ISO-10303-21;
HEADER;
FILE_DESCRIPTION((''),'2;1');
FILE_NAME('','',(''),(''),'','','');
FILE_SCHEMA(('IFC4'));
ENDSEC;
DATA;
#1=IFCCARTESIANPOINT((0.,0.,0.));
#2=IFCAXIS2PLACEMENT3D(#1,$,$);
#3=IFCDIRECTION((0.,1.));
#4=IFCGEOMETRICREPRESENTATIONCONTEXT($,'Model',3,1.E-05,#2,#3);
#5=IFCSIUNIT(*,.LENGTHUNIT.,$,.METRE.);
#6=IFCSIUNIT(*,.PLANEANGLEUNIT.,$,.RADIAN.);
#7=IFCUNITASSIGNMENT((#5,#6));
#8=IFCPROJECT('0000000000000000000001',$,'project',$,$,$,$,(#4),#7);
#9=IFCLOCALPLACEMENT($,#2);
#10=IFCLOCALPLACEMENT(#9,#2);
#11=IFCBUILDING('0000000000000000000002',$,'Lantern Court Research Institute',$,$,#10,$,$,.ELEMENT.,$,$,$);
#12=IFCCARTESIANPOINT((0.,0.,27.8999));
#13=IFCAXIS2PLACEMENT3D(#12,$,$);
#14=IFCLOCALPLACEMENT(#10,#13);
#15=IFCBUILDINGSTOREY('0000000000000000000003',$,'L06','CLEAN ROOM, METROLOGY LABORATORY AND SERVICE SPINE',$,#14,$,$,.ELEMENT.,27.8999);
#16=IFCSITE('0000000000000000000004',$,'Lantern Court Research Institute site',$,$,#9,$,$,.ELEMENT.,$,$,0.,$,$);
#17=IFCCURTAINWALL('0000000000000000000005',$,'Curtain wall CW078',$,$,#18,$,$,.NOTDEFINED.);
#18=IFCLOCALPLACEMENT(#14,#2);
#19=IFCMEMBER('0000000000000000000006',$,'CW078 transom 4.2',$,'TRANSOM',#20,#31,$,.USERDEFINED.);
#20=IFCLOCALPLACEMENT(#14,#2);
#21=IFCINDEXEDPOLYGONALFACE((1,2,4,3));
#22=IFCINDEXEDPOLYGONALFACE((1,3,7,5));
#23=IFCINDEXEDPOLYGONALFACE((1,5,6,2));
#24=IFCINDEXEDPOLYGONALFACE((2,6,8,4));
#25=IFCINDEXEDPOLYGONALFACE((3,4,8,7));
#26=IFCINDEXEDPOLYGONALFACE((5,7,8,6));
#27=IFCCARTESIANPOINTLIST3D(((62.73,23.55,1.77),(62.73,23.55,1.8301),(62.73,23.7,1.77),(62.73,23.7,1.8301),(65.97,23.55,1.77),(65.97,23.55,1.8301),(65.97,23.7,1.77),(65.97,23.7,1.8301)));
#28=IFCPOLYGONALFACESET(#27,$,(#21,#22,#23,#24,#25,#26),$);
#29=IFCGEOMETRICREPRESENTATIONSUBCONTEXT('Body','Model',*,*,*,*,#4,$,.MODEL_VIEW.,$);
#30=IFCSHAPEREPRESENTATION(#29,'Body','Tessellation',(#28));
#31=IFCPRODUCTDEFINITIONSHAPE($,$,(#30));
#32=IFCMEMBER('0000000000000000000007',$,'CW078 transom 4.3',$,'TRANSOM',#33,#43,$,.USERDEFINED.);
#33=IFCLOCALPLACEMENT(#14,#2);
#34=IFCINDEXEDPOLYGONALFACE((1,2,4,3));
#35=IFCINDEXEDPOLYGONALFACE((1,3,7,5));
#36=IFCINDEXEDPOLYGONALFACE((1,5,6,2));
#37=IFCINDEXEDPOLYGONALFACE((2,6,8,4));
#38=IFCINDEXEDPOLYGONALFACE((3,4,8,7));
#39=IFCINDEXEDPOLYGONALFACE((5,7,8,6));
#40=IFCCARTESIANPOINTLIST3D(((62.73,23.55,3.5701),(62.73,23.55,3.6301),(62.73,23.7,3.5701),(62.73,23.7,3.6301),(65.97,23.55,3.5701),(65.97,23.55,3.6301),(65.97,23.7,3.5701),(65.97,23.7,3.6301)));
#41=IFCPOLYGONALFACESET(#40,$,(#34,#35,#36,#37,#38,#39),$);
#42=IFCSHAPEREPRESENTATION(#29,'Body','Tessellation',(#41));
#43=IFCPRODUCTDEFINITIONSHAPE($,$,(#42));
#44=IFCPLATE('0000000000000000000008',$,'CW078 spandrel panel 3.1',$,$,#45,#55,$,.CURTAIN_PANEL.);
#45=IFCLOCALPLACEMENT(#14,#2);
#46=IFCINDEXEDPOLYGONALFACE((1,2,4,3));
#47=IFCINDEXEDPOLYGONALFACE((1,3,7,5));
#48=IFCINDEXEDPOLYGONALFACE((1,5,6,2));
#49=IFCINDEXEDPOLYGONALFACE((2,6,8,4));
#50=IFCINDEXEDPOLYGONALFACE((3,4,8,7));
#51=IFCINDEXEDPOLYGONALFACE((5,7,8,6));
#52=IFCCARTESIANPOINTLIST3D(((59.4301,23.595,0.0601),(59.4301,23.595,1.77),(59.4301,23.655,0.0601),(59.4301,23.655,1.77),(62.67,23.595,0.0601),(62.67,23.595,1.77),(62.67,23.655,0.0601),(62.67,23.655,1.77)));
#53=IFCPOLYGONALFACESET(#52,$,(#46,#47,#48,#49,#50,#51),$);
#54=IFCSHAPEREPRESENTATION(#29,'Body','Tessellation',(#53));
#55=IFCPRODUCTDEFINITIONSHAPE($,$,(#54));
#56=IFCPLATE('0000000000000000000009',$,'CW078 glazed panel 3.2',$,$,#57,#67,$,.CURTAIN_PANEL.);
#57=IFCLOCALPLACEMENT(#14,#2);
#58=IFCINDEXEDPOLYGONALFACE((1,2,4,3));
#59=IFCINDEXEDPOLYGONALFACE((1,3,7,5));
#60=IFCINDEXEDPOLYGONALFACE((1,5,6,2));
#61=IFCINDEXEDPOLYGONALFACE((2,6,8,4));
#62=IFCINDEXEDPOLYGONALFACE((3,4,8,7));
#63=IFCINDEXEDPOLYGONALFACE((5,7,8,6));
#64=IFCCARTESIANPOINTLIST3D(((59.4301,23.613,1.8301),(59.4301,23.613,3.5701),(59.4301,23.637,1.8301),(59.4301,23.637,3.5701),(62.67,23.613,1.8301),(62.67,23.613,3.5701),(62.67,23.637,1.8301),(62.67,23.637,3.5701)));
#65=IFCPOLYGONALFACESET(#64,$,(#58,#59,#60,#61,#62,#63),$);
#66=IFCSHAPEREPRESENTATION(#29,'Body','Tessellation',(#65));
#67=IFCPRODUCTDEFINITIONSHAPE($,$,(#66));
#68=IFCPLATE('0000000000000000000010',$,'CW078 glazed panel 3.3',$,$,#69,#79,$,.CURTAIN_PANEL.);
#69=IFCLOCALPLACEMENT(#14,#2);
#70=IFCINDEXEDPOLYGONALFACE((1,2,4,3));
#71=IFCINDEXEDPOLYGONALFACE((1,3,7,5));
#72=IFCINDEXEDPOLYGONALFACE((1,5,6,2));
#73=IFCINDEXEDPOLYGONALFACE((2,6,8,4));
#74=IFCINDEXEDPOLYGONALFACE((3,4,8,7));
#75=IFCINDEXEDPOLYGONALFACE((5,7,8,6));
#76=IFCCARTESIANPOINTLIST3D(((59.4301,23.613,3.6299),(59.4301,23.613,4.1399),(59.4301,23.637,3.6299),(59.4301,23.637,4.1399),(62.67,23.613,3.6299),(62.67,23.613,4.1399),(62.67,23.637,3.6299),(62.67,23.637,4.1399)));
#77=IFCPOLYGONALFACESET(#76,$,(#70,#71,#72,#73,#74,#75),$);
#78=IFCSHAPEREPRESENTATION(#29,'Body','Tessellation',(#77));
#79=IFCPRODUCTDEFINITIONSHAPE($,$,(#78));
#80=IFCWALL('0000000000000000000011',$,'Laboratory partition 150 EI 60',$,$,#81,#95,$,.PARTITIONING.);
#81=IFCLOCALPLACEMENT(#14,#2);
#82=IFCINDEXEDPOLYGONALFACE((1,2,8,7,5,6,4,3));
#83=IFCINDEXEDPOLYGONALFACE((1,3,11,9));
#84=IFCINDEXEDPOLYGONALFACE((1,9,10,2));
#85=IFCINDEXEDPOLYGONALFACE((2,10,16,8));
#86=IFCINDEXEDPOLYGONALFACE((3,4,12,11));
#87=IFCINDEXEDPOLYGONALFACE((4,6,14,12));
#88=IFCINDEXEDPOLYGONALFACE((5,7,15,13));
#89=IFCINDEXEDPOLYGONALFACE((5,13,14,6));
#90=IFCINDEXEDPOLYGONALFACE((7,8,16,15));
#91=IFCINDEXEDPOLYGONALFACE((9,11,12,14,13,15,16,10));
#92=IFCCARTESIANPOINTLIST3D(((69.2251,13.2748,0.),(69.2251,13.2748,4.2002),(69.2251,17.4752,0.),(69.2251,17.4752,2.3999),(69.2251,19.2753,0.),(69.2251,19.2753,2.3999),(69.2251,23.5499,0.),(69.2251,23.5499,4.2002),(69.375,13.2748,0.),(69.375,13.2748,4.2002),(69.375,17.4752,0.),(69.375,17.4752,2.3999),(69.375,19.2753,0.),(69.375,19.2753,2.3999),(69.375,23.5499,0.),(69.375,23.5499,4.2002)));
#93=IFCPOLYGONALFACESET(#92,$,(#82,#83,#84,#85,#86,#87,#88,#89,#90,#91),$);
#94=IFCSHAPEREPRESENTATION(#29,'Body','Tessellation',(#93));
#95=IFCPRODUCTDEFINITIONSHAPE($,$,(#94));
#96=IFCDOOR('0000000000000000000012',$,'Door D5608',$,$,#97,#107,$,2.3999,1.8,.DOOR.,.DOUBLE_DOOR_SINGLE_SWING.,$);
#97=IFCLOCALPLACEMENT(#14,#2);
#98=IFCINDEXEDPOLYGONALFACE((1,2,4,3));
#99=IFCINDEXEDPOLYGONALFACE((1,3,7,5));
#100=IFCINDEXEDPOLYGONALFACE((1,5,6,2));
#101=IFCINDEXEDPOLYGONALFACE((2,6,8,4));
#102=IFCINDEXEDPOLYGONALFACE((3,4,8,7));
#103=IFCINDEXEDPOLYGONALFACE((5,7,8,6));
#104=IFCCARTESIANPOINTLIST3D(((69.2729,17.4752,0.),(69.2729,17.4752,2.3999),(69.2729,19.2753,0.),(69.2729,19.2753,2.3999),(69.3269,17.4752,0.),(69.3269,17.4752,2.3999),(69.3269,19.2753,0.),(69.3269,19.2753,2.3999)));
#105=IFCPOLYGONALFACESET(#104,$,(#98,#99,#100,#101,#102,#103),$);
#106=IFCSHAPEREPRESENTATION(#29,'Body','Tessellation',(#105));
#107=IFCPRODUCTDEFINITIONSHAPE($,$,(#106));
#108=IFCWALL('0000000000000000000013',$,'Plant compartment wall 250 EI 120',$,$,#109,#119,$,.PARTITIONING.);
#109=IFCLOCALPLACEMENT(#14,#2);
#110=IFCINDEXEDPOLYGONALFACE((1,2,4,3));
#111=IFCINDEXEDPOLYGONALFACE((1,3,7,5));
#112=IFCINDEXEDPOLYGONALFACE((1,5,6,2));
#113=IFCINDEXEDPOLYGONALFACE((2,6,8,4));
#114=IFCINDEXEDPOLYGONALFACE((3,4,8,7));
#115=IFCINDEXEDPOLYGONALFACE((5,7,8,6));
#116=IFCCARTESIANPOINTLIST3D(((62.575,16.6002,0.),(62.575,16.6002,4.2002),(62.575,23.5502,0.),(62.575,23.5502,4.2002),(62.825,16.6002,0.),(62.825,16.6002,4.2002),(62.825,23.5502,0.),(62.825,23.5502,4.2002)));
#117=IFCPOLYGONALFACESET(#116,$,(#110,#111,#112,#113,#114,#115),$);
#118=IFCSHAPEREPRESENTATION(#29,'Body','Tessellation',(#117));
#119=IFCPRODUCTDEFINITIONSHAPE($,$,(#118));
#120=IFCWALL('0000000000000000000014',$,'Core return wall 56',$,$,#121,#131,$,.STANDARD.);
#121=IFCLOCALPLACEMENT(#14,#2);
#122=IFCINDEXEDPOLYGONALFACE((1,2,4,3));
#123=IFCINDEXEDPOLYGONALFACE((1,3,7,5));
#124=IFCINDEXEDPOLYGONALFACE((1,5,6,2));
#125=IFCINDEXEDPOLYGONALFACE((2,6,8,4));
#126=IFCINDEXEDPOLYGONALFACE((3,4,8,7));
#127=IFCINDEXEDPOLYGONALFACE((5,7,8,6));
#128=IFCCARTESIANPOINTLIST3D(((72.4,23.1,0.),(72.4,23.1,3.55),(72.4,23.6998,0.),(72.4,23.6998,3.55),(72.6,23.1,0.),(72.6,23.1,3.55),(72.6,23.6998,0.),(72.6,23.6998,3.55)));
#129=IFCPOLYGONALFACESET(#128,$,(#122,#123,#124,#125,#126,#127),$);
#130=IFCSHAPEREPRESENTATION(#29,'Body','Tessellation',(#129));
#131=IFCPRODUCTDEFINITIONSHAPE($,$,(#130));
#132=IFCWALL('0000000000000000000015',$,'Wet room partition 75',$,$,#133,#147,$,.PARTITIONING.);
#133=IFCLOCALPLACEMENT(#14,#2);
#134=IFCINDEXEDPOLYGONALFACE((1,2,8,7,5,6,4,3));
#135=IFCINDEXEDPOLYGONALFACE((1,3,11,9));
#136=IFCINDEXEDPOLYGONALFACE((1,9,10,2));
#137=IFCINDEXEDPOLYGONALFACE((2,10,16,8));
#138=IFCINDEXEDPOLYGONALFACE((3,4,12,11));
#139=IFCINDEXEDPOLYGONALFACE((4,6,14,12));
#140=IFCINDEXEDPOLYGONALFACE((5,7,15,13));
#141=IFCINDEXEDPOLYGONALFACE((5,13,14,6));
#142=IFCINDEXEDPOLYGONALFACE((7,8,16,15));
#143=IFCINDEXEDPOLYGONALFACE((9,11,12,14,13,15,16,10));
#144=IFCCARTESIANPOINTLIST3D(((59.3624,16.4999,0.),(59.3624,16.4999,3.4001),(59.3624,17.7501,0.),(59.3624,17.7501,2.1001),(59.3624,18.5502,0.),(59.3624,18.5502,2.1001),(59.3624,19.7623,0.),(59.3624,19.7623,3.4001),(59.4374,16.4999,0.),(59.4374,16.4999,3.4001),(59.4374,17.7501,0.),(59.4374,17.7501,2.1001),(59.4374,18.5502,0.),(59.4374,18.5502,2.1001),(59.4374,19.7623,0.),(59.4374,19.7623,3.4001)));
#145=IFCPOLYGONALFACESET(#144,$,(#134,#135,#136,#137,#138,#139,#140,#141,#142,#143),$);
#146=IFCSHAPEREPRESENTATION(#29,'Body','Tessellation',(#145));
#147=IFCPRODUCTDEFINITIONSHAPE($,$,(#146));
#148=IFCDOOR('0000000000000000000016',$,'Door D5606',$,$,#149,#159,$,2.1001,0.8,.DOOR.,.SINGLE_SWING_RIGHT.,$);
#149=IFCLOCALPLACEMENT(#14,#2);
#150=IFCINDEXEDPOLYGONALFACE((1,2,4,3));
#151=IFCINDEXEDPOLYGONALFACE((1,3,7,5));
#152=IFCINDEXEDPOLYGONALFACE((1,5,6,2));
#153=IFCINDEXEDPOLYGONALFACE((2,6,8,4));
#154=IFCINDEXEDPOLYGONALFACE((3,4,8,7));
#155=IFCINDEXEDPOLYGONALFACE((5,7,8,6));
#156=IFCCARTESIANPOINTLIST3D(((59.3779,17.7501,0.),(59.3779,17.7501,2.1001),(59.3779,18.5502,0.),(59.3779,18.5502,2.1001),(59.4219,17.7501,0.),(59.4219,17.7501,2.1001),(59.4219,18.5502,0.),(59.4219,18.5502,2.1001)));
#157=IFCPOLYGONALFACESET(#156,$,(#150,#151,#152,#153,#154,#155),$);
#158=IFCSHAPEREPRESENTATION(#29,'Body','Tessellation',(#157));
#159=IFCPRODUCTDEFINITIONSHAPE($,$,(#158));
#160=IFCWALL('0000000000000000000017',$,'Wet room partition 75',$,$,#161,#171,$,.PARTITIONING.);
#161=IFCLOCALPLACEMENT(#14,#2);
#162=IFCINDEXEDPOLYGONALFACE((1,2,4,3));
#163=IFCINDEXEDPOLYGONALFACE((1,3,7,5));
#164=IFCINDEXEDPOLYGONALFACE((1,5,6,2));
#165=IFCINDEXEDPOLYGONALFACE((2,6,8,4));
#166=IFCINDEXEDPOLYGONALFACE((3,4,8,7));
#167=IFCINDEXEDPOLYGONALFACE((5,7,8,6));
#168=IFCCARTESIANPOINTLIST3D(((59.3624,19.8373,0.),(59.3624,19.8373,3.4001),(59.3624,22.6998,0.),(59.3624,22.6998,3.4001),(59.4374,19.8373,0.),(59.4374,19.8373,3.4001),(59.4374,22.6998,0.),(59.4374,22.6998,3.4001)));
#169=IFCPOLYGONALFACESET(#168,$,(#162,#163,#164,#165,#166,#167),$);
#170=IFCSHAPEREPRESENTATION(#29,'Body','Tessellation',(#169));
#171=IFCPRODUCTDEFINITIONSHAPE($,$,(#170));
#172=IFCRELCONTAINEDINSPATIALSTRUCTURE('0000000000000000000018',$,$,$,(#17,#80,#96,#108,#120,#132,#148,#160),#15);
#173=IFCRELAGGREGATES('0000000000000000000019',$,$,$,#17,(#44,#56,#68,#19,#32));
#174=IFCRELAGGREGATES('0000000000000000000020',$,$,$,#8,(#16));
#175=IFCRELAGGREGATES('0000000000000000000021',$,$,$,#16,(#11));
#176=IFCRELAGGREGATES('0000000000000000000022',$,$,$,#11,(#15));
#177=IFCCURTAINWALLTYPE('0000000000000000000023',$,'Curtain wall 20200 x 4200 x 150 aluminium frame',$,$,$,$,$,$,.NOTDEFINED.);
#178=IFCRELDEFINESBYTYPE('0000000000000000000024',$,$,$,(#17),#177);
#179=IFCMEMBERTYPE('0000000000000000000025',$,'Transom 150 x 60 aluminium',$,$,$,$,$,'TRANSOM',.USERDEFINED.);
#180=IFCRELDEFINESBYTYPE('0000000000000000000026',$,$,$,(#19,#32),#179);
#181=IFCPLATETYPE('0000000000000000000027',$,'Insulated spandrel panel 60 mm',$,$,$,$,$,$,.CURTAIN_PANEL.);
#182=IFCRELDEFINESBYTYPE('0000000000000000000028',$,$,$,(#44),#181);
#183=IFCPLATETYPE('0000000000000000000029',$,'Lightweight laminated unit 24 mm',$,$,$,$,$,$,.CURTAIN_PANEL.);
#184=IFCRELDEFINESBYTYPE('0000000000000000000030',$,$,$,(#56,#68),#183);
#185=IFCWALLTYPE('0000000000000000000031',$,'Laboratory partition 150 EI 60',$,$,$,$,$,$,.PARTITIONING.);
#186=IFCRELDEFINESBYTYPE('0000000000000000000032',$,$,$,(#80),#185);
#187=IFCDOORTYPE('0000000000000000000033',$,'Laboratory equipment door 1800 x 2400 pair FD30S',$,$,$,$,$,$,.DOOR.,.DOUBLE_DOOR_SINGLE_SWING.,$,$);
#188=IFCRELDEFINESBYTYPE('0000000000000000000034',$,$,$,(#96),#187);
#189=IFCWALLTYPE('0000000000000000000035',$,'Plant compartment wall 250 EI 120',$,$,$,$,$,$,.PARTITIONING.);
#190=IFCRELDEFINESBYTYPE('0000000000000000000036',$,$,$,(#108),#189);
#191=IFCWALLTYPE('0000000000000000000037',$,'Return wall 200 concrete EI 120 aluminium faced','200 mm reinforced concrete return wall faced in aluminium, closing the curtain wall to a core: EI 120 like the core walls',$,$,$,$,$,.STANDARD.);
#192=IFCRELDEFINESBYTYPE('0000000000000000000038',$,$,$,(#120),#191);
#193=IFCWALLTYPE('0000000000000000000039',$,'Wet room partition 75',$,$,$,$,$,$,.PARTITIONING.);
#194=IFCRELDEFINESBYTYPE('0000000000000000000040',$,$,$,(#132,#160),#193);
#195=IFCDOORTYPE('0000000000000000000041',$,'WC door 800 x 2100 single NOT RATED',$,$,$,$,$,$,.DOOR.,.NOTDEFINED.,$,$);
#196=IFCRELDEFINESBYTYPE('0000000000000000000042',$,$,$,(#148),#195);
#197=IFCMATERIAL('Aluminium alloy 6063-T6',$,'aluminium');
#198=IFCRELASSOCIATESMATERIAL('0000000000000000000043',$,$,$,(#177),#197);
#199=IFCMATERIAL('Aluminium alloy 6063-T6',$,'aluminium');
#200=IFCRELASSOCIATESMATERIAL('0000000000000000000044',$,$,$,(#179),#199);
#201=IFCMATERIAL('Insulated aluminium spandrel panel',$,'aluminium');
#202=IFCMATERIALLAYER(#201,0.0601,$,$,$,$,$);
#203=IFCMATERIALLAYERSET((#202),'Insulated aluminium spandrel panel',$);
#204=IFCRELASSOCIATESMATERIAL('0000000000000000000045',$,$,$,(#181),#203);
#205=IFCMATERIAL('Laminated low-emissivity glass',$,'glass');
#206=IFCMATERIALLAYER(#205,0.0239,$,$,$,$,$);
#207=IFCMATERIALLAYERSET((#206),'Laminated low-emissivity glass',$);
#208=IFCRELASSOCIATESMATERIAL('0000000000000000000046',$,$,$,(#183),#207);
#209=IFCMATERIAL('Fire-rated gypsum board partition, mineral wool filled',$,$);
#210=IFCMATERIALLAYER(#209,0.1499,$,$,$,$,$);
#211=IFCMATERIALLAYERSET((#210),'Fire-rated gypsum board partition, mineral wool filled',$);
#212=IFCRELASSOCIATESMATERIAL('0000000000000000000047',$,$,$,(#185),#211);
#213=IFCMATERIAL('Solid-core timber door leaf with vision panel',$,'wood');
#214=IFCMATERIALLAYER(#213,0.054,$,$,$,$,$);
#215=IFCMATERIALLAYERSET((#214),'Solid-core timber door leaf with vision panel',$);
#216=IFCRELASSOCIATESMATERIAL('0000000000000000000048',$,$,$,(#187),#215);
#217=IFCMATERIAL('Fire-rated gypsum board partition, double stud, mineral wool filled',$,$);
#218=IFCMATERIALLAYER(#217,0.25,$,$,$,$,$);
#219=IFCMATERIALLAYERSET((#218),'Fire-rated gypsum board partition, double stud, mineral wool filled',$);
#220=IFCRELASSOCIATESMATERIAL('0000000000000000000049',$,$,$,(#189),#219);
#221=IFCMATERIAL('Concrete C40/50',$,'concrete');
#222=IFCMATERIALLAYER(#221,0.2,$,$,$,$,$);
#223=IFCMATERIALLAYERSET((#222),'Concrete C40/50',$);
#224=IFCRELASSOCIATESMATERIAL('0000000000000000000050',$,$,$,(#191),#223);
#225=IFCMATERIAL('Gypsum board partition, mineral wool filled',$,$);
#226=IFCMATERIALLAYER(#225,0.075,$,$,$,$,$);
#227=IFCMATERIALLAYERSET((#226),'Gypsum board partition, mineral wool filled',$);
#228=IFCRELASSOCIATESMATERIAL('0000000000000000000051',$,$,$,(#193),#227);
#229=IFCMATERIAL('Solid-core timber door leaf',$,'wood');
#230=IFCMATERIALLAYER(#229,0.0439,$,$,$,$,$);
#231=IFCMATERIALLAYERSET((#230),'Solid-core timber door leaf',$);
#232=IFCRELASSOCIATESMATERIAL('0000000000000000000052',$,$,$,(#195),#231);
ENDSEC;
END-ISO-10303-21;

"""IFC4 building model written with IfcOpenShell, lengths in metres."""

from ifc_helpers import new_model, si_unit, direction, frame, frame_2d, origin, origin_2d, place, context, subcontext, project, spatial, rectangle, extrude, material, layer, layer_set, material_profile, profile_set, type_object, element, fill, aggregate, save


model = new_model("IFC4")

# Units and contexts
model_context = context("Model", 3, precision=1e-05, world=origin(), true_north=direction((0.0, 1.0)))
body_context = subcontext(model_context, "Body", "Model", "MODEL_VIEW")
ifc_project = project(units=[si_unit("LENGTHUNIT", "METRE"), si_unit("PLANEANGLEUNIT", "RADIAN")], contexts=[model_context])

# Site, building, storey
site_placement = place(None, origin())
site = spatial("IfcSite", under=ifc_project, at=site_placement, Name="Lantern Court Research Institute site", CompositionType="ELEMENT", RefElevation=0.0)
building_placement = place(site_placement, origin())
building = spatial("IfcBuilding", under=site, at=building_placement, Name="Lantern Court Research Institute", CompositionType="ELEMENT")
storey_placement = place(building_placement, frame((0.0, 0.0, 27.8999)))
storey = spatial("IfcBuildingStorey", under=building, at=storey_placement, Name="L06", Description="CLEAN ROOM, METROLOGY LABORATORY AND SERVICE SPINE", CompositionType="ELEMENT", Elevation=27.8999)

# Curtain wall
ifc_material_1 = material(Name="Aluminium alloy 6063-T6", Category="aluminium")
curtain_wall_type = type_object("IfcCurtainWallType", Name="Curtain wall 20200 x 4200 x 150 aluminium frame", PredefinedType="NOTDEFINED", material=ifc_material_1)
curtain_wall_placement = place(storey_placement, origin())
curtain_wall = element("IfcCurtainWall", 1, at=curtain_wall_placement, inside=storey, type_object=curtain_wall_type, Name="Curtain wall CW078", PredefinedType="NOTDEFINED")

# Members
ifc_material_2 = material(Name="Aluminium alloy 6063-T6", Category="aluminium")
ifc_material_profile_1 = material_profile(ifc_material_2, rectangle(XDim=0.1499, YDim=0.0601, at=origin_2d()), Name="Transom 150 x 60")
ifc_profile_set_1 = profile_set([ifc_material_profile_1], Name="Aluminium alloy 6063-T6")
member_type_1 = type_object("IfcMemberType", Name="Transom 150 x 60 aluminium", ElementType="TRANSOM", PredefinedType="USERDEFINED", material=ifc_profile_set_1)
member_1_placement = place(storey_placement, frame((62.73, 23.625, 1.8), z_axis=(1.0, 0.0, 0.0), x_axis=(0.0, 1.0, 0.0)))
member_1 = element("IfcMember", 2, at=member_1_placement, type_object=member_type_1, Name="CW078 transom 4.2", ObjectType="TRANSOM", PredefinedType="USERDEFINED", context=body_context, shape_type="SweptSolid", body=[
    extrude(rectangle(XDim=0.1499, YDim=0.0601, at=origin_2d()), origin(), (0.0, 0.0, 1.0), 3.24),
])
member_2_placement = place(storey_placement, frame((62.73, 23.625, 3.6001), z_axis=(1.0, 0.0, 0.0), x_axis=(0.0, 1.0, 0.0)))
member_2 = element("IfcMember", 3, at=member_2_placement, type_object=member_type_1, Name="CW078 transom 4.3", ObjectType="TRANSOM", PredefinedType="USERDEFINED", context=body_context, shape_type="SweptSolid", body=[
    extrude(rectangle(XDim=0.1499, YDim=0.0601, at=origin_2d()), origin(), (0.0, 0.0, 1.0), 3.24),
])

# Plates
ifc_material_3 = material(Name="Insulated aluminium spandrel panel", Category="aluminium")
ifc_layer_1 = layer(ifc_material_3, 0.0601)
ifc_layer_set_1 = layer_set([ifc_layer_1], Name="Insulated aluminium spandrel panel")
plate_type_1 = type_object("IfcPlateType", Name="Insulated spandrel panel 60 mm", PredefinedType="CURTAIN_PANEL", material=ifc_layer_set_1)
plate_1_placement = place(storey_placement, frame((61.05, 23.625, 0.0601), z_axis=(0.0, 0.0, 1.0), x_axis=(1.0, 0.0, 0.0)))
plate_1 = element("IfcPlate", 4, at=plate_1_placement, type_object=plate_type_1, Name="CW078 spandrel panel 3.1", PredefinedType="CURTAIN_PANEL", context=body_context, shape_type="SweptSolid", body=[
    extrude(rectangle(XDim=3.24, YDim=0.0601, at=origin_2d()), origin(), (0.0, 0.0, 1.0), 1.71),
])
ifc_material_4 = material(Name="Laminated low-emissivity glass", Category="glass")
ifc_layer_2 = layer(ifc_material_4, 0.0239)
ifc_layer_set_2 = layer_set([ifc_layer_2], Name="Laminated low-emissivity glass")
plate_type_2 = type_object("IfcPlateType", Name="Lightweight laminated unit 24 mm", PredefinedType="CURTAIN_PANEL", material=ifc_layer_set_2)
plate_2_placement = place(storey_placement, frame((61.05, 23.625, 1.8301), z_axis=(0.0, 0.0, 1.0), x_axis=(1.0, 0.0, 0.0)))
plate_2 = element("IfcPlate", 5, at=plate_2_placement, type_object=plate_type_2, Name="CW078 glazed panel 3.2", PredefinedType="CURTAIN_PANEL", context=body_context, shape_type="SweptSolid", body=[
    extrude(rectangle(XDim=3.24, YDim=0.0239, at=origin_2d()), origin(), (0.0, 0.0, 1.0), 1.74),
])
plate_3_placement = place(storey_placement, frame((61.05, 23.625, 3.6299), z_axis=(0.0, 0.0, 1.0), x_axis=(1.0, 0.0, 0.0)))
plate_3 = element("IfcPlate", 6, at=plate_3_placement, type_object=plate_type_2, Name="CW078 glazed panel 3.3", PredefinedType="CURTAIN_PANEL", context=body_context, shape_type="SweptSolid", body=[
    extrude(rectangle(XDim=3.24, YDim=0.0239, at=origin_2d()), origin(), (0.0, 0.0, 1.0), 0.51),
])
aggregate(curtain_wall, [plate_1, plate_2, plate_3, member_1, member_2])

# Wall, opening, door
ifc_material_5 = material(Name="Fire-rated gypsum board partition, mineral wool filled")
ifc_layer_3 = layer(ifc_material_5, 0.1499)
ifc_layer_set_3 = layer_set([ifc_layer_3], Name="Fire-rated gypsum board partition, mineral wool filled")
wall_type_1 = type_object("IfcWallType", Name="Laboratory partition 150 EI 60", PredefinedType="PARTITIONING", material=ifc_layer_set_3)
wall_1_placement = place(storey_placement, frame((69.3, 23.55, 0.0), z_axis=(0.0, 0.0, 1.0), x_axis=(0.0, -1.0, 0.0)))
wall_1 = element("IfcWall", 7, at=wall_1_placement, inside=storey, type_object=wall_type_1, Name="Laboratory partition 150 EI 60", PredefinedType="PARTITIONING", context=body_context, shape_type="SweptSolid", body=[
    extrude(rectangle(XDim=10.2751, YDim=0.1499, at=frame_2d((5.1377, 0.0))), origin(), (0.0, 0.0, 1.0), 4.2002),
])
opening_1_placement = place(wall_1_placement, frame((4.2749, 0.0, 0.0)))
opening_1 = element("IfcOpeningElement", 8, at=opening_1_placement, cuts=wall_1, PredefinedType="OPENING", context=body_context, shape_type="SweptSolid", body=[
    extrude(rectangle(XDim=1.8, YDim=2.3999, at=frame_2d((0.8999, 1.2))), frame((0.0, 0.085, 0.0), z_axis=(0.0, -1.0, 0.0), x_axis=(1.0, 0.0, 0.0)), (0.0, 0.0, 1.0), 0.1699),
])
ifc_material_6 = material(Name="Solid-core timber door leaf with vision panel", Category="wood")
ifc_layer_4 = layer(ifc_material_6, 0.054)
ifc_layer_set_4 = layer_set([ifc_layer_4], Name="Solid-core timber door leaf with vision panel")
door_type_1 = type_object("IfcDoorType", Name="Laboratory equipment door 1800 x 2400 pair FD30S", OperationType="DOUBLE_DOOR_SINGLE_SWING", PredefinedType="DOOR", material=ifc_layer_set_4)
door_1_placement = place(opening_1_placement, origin())
door_1 = element("IfcDoor", 9, at=door_1_placement, inside=storey, type_object=door_type_1, Name="Door D5608", OperationType="DOUBLE_DOOR_SINGLE_SWING", OverallHeight=2.3999, OverallWidth=1.8, PredefinedType="DOOR", context=body_context, shape_type="SweptSolid", body=[
    extrude(rectangle(XDim=1.8, YDim=2.3999, at=frame_2d((0.8999, 1.2))), frame((0.0, 0.0269, 0.0), z_axis=(0.0, -1.0, 0.0), x_axis=(1.0, 0.0, 0.0)), (0.0, 0.0, 1.0), 0.054),
])
fill(opening_1, door_1)

# Walls
ifc_material_7 = material(Name="Fire-rated gypsum board partition, double stud, mineral wool filled")
ifc_layer_5 = layer(ifc_material_7, 0.25)
ifc_layer_set_5 = layer_set([ifc_layer_5], Name="Fire-rated gypsum board partition, double stud, mineral wool filled")
wall_type_2 = type_object("IfcWallType", Name="Plant compartment wall 250 EI 120", PredefinedType="PARTITIONING", material=ifc_layer_set_5)
wall_2_placement = place(storey_placement, frame((62.7, 16.6001, 0.0), z_axis=(0.0, 0.0, 1.0), x_axis=(0.0, 1.0, 0.0)))
element("IfcWall", 10, at=wall_2_placement, inside=storey, type_object=wall_type_2, Name="Plant compartment wall 250 EI 120", PredefinedType="PARTITIONING", context=body_context, shape_type="SweptSolid", body=[
    extrude(rectangle(XDim=6.95, YDim=0.25, at=frame_2d((3.4751, 0.0))), origin(), (0.0, 0.0, 1.0), 4.2002),
])
ifc_material_8 = material(Name="Concrete C40/50", Category="concrete")
ifc_layer_6 = layer(ifc_material_8, 0.2)
ifc_layer_set_6 = layer_set([ifc_layer_6], Name="Concrete C40/50")
wall_type_3 = type_object("IfcWallType", Name="Return wall 200 concrete EI 120 aluminium faced", Description="200 mm reinforced concrete return wall faced in aluminium, closing the curtain wall to a core: EI 120 like the core walls", PredefinedType="STANDARD", material=ifc_layer_set_6)
wall_3_placement = place(storey_placement, frame((72.5, 23.1001, 0.0), z_axis=(0.0, 0.0, 1.0), x_axis=(0.0, 1.0, 0.0)))
element("IfcWall", 11, at=wall_3_placement, inside=storey, type_object=wall_type_3, Name="Core return wall 56", PredefinedType="STANDARD", context=body_context, shape_type="SweptSolid", body=[
    extrude(rectangle(XDim=0.5999, YDim=0.2, at=frame_2d((0.2998, 0.0))), origin(), (0.0, 0.0, 1.0), 3.55),
])

# Wall, opening, door
ifc_material_9 = material(Name="Gypsum board partition, mineral wool filled")
ifc_layer_7 = layer(ifc_material_9, 0.075)
ifc_layer_set_7 = layer_set([ifc_layer_7], Name="Gypsum board partition, mineral wool filled")
wall_type_4 = type_object("IfcWallType", Name="Wet room partition 75", PredefinedType="PARTITIONING", material=ifc_layer_set_7)
wall_4_placement = place(storey_placement, frame((59.3999, 19.7625, 0.0), z_axis=(0.0, 0.0, 1.0), x_axis=(0.0, -1.0, 0.0)))
wall_4 = element("IfcWall", 12, at=wall_4_placement, inside=storey, type_object=wall_type_4, Name="Wet room partition 75", PredefinedType="PARTITIONING", context=body_context, shape_type="SweptSolid", body=[
    extrude(rectangle(XDim=3.2625, YDim=0.075, at=frame_2d((1.6313, 0.0))), origin(), (0.0, 0.0, 1.0), 3.4001),
])
opening_2_placement = place(wall_4_placement, frame((1.2124, 0.0, 0.0)))
opening_2 = element("IfcOpeningElement", 13, at=opening_2_placement, cuts=wall_4, PredefinedType="OPENING", context=body_context, shape_type="SweptSolid", body=[
    extrude(rectangle(XDim=0.8, YDim=2.1001, at=frame_2d((0.3999, 1.05))), frame((0.0, 0.0474, 0.0), z_axis=(0.0, -1.0, 0.0), x_axis=(1.0, 0.0, 0.0)), (0.0, 0.0, 1.0), 0.095),
])
ifc_material_10 = material(Name="Solid-core timber door leaf", Category="wood")
ifc_layer_8 = layer(ifc_material_10, 0.0439)
ifc_layer_set_8 = layer_set([ifc_layer_8], Name="Solid-core timber door leaf")
door_type_2 = type_object("IfcDoorType", Name="WC door 800 x 2100 single NOT RATED", OperationType="NOTDEFINED", PredefinedType="DOOR", material=ifc_layer_set_8)
door_2_placement = place(opening_2_placement, origin())
door_2 = element("IfcDoor", 14, at=door_2_placement, inside=storey, type_object=door_type_2, Name="Door D5606", OperationType="SINGLE_SWING_RIGHT", OverallHeight=2.1001, OverallWidth=0.8, PredefinedType="DOOR", context=body_context, shape_type="SweptSolid", body=[
    extrude(rectangle(XDim=0.8, YDim=2.1001, at=frame_2d((0.3999, 1.05))), frame((0.0, 0.022, 0.0), z_axis=(0.0, -1.0, 0.0), x_axis=(1.0, 0.0, 0.0)), (0.0, 0.0, 1.0), 0.0439),
])
fill(opening_2, door_2)

# Wall
wall_5_placement = place(storey_placement, frame((59.3999, 19.8374, 0.0), z_axis=(0.0, 0.0, 1.0), x_axis=(0.0, 1.0, 0.0)))
element("IfcWall", 15, at=wall_5_placement, inside=storey, type_object=wall_type_4, Name="Wet room partition 75", PredefinedType="PARTITIONING", context=body_context, shape_type="SweptSolid", body=[
    extrude(rectangle(XDim=2.8625, YDim=0.075, at=frame_2d((1.4312, 0.0))), origin(), (0.0, 0.0, 1.0), 3.4001),
])

save(model, "model.ifc")
